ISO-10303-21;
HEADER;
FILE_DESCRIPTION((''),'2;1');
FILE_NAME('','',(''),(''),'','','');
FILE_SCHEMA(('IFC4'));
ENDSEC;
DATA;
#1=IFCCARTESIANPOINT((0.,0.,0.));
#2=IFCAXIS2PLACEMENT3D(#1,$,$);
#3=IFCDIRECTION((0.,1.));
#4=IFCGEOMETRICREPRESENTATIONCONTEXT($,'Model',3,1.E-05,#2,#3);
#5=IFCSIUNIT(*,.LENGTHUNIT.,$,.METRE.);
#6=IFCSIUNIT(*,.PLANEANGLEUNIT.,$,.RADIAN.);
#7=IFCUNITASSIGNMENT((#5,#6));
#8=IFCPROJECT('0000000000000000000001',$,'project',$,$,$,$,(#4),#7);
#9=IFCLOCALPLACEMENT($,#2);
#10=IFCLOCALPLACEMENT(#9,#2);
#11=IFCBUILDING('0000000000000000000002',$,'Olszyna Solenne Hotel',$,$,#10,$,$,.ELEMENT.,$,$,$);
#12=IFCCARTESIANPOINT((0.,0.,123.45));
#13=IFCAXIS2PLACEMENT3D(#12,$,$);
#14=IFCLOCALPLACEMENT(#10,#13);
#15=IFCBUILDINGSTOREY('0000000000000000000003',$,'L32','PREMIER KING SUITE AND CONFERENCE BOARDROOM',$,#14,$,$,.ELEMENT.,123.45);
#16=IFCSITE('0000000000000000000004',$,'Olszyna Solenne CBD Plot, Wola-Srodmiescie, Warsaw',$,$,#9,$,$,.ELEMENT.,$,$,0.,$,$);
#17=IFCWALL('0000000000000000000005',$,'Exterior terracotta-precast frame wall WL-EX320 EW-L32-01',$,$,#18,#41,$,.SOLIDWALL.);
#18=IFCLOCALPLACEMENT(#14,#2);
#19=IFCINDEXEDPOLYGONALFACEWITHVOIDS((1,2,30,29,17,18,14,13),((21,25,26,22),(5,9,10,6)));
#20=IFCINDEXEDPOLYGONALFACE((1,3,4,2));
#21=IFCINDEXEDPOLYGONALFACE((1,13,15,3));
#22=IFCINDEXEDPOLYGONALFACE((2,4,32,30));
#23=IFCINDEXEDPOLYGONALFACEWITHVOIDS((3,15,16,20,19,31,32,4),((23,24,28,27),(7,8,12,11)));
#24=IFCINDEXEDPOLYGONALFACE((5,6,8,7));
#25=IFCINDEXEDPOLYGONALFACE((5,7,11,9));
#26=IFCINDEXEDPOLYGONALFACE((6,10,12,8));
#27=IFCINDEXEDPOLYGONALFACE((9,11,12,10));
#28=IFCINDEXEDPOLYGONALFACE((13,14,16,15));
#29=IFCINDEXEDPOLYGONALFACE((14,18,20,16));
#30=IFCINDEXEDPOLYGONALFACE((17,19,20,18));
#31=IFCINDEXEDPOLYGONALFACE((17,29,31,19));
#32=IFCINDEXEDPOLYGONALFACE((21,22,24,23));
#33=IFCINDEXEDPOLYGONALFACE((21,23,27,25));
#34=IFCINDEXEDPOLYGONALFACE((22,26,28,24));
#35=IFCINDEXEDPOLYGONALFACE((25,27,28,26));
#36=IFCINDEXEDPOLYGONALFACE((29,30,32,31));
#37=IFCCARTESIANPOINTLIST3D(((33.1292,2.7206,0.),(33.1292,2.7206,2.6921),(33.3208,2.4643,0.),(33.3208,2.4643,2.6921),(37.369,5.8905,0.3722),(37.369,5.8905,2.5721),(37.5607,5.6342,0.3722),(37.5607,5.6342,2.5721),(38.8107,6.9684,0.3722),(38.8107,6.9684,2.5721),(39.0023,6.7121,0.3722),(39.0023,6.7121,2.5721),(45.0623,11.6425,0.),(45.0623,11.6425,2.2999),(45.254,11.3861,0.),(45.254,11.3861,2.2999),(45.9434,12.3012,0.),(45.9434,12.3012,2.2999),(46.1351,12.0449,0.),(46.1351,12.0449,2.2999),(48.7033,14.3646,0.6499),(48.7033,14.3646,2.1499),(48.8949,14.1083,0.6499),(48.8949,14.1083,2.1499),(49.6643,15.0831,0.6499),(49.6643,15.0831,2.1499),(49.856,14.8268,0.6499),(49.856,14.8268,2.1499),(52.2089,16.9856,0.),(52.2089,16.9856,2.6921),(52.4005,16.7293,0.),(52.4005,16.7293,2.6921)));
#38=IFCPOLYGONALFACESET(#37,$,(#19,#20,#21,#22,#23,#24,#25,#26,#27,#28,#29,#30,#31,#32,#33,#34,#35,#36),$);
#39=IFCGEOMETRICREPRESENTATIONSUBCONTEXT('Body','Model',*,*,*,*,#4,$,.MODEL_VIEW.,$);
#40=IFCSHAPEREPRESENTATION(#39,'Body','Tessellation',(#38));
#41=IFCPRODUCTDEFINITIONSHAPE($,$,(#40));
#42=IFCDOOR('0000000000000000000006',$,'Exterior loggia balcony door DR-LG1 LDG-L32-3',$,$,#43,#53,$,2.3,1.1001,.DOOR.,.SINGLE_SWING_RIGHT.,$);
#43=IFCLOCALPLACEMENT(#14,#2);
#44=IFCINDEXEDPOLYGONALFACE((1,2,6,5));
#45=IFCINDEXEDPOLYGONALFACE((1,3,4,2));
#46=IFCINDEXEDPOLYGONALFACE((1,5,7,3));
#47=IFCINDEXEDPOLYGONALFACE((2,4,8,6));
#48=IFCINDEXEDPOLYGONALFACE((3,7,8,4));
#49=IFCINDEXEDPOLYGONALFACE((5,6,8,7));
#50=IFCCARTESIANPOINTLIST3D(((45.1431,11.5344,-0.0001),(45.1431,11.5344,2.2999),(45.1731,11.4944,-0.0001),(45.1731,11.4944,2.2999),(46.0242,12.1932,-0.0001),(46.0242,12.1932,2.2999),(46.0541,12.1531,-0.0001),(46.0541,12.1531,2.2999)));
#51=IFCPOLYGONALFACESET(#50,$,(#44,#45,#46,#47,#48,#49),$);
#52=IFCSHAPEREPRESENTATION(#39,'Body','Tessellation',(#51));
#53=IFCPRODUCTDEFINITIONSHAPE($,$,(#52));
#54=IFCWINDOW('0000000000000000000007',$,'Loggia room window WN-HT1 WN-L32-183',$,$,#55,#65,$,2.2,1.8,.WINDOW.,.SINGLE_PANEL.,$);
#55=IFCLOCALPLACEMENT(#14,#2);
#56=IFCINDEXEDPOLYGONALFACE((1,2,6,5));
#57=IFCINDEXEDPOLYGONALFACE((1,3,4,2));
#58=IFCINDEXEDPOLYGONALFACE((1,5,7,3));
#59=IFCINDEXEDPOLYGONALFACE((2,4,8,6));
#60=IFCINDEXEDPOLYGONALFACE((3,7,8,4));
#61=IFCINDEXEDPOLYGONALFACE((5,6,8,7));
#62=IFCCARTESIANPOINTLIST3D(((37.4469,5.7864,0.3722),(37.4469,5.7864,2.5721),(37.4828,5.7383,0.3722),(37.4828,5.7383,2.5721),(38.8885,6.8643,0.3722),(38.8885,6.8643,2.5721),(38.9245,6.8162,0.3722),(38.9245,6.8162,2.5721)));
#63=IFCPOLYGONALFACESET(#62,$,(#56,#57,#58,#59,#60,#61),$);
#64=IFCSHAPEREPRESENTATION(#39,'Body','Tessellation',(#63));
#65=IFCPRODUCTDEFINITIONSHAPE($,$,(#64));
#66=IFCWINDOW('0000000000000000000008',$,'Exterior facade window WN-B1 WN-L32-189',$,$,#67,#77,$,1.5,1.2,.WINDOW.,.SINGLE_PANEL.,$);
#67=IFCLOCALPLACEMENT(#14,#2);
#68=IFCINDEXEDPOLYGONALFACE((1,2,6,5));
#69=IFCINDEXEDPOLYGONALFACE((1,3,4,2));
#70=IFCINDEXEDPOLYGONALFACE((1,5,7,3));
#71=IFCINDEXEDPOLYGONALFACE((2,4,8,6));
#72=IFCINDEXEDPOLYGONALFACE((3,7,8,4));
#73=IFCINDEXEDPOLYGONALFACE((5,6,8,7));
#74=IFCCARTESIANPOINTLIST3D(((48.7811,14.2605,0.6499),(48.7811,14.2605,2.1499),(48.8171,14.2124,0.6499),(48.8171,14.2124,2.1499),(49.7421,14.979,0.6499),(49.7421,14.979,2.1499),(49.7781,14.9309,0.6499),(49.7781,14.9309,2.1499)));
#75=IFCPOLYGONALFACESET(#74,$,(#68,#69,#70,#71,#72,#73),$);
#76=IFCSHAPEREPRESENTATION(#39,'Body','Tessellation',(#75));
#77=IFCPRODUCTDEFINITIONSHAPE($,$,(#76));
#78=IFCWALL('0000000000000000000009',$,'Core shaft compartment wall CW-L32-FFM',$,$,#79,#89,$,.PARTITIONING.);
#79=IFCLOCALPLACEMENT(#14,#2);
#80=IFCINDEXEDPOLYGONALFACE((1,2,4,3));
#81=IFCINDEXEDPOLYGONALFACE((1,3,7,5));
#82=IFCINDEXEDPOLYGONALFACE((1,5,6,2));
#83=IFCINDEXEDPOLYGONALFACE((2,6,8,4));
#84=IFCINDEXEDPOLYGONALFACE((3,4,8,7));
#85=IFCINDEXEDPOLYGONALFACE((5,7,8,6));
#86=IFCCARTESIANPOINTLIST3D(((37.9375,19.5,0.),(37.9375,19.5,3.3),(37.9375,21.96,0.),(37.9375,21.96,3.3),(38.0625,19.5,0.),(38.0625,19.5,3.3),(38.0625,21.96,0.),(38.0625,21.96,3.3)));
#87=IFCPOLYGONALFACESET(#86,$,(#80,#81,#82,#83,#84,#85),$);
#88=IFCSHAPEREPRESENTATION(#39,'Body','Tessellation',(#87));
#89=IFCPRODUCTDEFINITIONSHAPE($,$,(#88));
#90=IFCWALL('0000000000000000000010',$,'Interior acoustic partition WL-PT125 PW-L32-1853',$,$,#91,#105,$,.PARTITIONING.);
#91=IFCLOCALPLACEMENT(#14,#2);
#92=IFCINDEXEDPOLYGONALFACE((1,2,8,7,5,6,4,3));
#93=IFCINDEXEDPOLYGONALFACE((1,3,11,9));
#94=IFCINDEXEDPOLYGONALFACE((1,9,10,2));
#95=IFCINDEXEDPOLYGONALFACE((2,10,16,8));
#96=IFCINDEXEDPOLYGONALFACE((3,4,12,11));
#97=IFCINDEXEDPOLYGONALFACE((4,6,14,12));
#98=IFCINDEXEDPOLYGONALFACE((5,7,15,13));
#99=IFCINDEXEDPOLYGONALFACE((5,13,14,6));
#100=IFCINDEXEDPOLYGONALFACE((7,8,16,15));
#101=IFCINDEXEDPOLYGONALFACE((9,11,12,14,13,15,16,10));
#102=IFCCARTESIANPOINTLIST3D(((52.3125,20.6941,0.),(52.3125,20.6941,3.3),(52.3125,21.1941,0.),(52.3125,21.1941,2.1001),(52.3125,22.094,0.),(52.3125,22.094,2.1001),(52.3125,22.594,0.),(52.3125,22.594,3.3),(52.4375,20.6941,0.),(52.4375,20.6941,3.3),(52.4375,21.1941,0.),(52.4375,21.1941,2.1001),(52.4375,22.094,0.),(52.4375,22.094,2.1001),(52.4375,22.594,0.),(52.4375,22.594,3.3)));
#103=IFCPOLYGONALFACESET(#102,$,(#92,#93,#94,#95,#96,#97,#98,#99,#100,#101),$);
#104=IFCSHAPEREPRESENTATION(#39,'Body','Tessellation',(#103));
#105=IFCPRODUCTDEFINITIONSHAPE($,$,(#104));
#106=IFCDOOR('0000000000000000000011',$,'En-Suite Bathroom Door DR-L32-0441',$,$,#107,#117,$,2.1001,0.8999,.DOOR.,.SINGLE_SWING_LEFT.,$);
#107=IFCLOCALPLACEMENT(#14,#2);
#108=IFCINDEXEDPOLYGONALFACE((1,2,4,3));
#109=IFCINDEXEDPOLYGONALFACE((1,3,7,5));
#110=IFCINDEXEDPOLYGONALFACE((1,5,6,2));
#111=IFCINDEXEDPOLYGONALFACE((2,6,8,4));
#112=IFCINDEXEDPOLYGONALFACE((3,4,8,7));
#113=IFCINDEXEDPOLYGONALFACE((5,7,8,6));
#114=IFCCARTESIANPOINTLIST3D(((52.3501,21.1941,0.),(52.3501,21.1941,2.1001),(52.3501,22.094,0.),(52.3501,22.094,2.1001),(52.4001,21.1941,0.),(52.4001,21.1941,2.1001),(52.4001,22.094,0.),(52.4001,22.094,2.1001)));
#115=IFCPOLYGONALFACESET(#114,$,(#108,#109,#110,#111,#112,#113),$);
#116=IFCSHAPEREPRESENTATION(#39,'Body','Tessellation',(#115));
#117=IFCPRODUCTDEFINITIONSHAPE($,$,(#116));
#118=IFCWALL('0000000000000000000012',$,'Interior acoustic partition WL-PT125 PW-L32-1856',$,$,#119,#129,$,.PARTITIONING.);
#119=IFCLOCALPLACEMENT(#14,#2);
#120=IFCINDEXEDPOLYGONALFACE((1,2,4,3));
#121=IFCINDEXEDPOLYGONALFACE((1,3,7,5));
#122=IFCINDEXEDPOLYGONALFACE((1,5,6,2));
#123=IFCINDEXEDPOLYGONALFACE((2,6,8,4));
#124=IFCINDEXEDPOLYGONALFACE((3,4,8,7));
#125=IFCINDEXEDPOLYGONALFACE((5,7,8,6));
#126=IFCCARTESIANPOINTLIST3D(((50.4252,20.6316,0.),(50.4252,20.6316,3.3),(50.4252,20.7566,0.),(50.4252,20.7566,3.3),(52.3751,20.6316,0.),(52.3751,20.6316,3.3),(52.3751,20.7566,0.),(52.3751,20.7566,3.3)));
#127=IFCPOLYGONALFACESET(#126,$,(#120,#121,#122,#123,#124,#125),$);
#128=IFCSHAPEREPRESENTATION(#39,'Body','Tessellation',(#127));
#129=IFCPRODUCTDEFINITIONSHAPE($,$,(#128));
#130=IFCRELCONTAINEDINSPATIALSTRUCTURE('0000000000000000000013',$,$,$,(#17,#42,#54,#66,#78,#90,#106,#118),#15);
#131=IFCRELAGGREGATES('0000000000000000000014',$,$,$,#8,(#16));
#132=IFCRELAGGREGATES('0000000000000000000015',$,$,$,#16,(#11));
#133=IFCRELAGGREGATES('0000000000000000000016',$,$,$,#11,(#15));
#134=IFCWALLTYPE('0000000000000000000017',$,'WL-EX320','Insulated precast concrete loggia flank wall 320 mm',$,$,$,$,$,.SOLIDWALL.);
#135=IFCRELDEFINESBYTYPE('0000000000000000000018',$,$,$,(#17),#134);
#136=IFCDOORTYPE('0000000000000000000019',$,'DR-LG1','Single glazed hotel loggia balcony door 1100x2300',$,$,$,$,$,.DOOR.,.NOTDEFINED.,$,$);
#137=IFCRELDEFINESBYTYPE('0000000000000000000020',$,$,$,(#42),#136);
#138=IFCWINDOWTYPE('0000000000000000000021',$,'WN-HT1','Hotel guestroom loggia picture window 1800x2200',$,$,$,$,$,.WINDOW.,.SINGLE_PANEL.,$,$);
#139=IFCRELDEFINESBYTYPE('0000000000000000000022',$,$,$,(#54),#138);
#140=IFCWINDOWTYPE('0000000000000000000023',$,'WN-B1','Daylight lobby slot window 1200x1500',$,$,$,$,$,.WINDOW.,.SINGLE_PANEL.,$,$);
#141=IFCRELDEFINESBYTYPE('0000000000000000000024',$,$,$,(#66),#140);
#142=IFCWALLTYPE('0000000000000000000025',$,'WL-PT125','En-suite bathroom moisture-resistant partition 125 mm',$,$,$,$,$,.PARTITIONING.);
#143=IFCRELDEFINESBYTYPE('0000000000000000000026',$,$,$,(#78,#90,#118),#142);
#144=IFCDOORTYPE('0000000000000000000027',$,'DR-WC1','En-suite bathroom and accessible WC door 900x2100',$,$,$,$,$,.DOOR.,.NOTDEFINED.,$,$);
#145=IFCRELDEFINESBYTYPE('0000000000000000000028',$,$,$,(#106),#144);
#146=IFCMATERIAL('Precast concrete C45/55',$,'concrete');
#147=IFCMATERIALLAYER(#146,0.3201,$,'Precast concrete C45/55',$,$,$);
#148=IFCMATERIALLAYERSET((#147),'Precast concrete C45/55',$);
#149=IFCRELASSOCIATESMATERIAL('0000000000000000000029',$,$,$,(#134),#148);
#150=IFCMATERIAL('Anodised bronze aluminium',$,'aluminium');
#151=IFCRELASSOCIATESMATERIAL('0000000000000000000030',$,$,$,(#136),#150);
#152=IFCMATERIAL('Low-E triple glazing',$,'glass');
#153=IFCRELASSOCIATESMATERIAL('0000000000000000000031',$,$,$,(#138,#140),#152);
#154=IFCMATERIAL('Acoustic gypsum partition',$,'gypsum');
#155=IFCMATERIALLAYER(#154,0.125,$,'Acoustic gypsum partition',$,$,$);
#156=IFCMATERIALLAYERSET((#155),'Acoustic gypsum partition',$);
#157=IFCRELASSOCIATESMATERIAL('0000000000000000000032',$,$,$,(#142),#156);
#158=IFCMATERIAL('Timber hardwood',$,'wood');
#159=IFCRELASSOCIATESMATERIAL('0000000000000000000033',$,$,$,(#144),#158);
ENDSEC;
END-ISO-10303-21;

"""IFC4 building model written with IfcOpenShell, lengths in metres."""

from ifc_helpers import new_model, si_unit, direction, frame, frame_2d, origin, place, context, subcontext, project, spatial, rectangle, extrude, source, transform, mapped, material, layer, layer_set, type_object, type_shapes, element, fill, save


model = new_model("IFC4")

# Units and contexts
model_context = context("Model", 3, precision=1e-05, world=origin(), true_north=direction((0.0, 1.0)))
body_context = subcontext(model_context, "Body", "Model", "MODEL_VIEW")
ifc_project = project(units=[si_unit("LENGTHUNIT", "METRE"), si_unit("PLANEANGLEUNIT", "RADIAN")], contexts=[model_context])

# Site, building, storey
site_placement = place(None, origin())
site = spatial("IfcSite", under=ifc_project, at=site_placement, Name="Olszyna Solenne CBD Plot, Wola-Srodmiescie, Warsaw", CompositionType="ELEMENT", RefElevation=0.0)
building_placement = place(site_placement, origin())
building = spatial("IfcBuilding", under=site, at=building_placement, Name="Olszyna Solenne Hotel", CompositionType="ELEMENT")
storey_placement = place(building_placement, frame((0.0, 0.0, 123.45)))
storey = spatial("IfcBuildingStorey", under=building, at=storey_placement, Name="L32", Description="PREMIER KING SUITE AND CONFERENCE BOARDROOM", CompositionType="ELEMENT", Elevation=123.45)

# Wall, openings, door, windows
ifc_material_1 = material(Name="Precast concrete C45/55", Category="concrete")
ifc_layer_1 = layer(ifc_material_1, 0.3201, Name="Precast concrete C45/55")
ifc_layer_set_1 = layer_set([ifc_layer_1], Name="Precast concrete C45/55")
wall_type_1 = type_object("IfcWallType", Name="WL-EX320", Description="Insulated precast concrete loggia flank wall 320 mm", PredefinedType="SOLIDWALL", material=ifc_layer_set_1)
wall_1_placement = place(storey_placement, frame((52.3047, 16.8574, 0.0), z_axis=(0.0, 0.0, 1.0), x_axis=(-0.800902, -0.598796, 0.0)))
wall_1 = element("IfcWall", 1, at=wall_1_placement, inside=storey, type_object=wall_type_1, Name="Exterior terracotta-precast frame wall WL-EX320 EW-L32-01", PredefinedType="SOLIDWALL", context=body_context, shape_type="SweptSolid", body=[
    extrude(rectangle(XDim=23.8228, YDim=0.3201, at=frame_2d((11.9114, 0.0))), origin(), (0.0, 0.0, 1.0), 2.6921),
])
opening_1_placement = place(wall_1_placement, frame((7.823, 0.0, 0.0)))
opening_1 = element("IfcOpeningElement", 2, at=opening_1_placement, cuts=wall_1, PredefinedType="OPENING", context=body_context, shape_type="SweptSolid", body=[
    extrude(rectangle(XDim=1.1001, YDim=2.3, at=frame_2d((0.55, 1.1499))), frame((0.0, 0.1699, 0.0), z_axis=(0.0, -1.0, 0.0), x_axis=(1.0, 0.0, 0.0)), (0.0, 0.0, 1.0), 0.3401),
])
opening_2_placement = place(wall_1_placement, frame((16.729, 0.0, 0.3721)))
opening_2 = element("IfcOpeningElement", 3, at=opening_2_placement, cuts=wall_1, PredefinedType="OPENING", context=body_context, shape_type="SweptSolid", body=[
    extrude(rectangle(XDim=1.8, YDim=2.2, at=frame_2d((0.8999, 1.1001))), frame((0.0, 0.1699, 0.0), z_axis=(0.0, -1.0, 0.0), x_axis=(1.0, 0.0, 0.0)), (0.0, 0.0, 1.0), 0.3401),
])
opening_3_placement = place(wall_1_placement, frame((3.177, 0.0, 0.6499)))
opening_3 = element("IfcOpeningElement", 4, at=opening_3_placement, cuts=wall_1, PredefinedType="OPENING", context=body_context, shape_type="SweptSolid", body=[
    extrude(rectangle(XDim=1.2, YDim=1.5, at=frame_2d((0.6001, 0.75))), frame((0.0, 0.1699, 0.0), z_axis=(0.0, -1.0, 0.0), x_axis=(1.0, 0.0, 0.0)), (0.0, 0.0, 1.0), 0.3401),
])
ifc_material_2 = material(Name="Anodised bronze aluminium", Category="aluminium")
door_type_1 = type_object("IfcDoorType", Name="DR-LG1", Description="Single glazed hotel loggia balcony door 1100x2300", OperationType="NOTDEFINED", PredefinedType="DOOR", material=ifc_material_2)
shared_shape_1 = source(origin(), body_context, "Body", "SweptSolid", [
    extrude(rectangle(XDim=1.1001, YDim=2.3, at=frame_2d((0.55, 1.1499))), frame((0.0, 0.0249, 0.0), z_axis=(0.0, -1.0, 0.0), x_axis=(1.0, 0.0, 0.0)), (0.0, 0.0, 1.0), 0.05),
])
type_shapes(door_type_1, [shared_shape_1])
door_1_placement = place(opening_1_placement, origin())
door_1 = element("IfcDoor", 5, at=door_1_placement, inside=storey, type_object=door_type_1, Name="Exterior loggia balcony door DR-LG1 LDG-L32-3", OperationType="SINGLE_SWING_RIGHT", OverallHeight=2.3, OverallWidth=1.1001, PredefinedType="DOOR", context=body_context, shape_type="MappedRepresentation", body=[
    mapped(shared_shape_1, transform((0.0, 0.0, 0.0), x_axis=(1.0, 0.0, 0.0), y_axis=(0.0, 1.0, 0.0), z_axis=(0.0, 0.0, 1.0), scale=1.0)),
])
fill(opening_1, door_1)
ifc_material_3 = material(Name="Low-E triple glazing", Category="glass")
window_type_1 = type_object("IfcWindowType", Name="WN-HT1", Description="Hotel guestroom loggia picture window 1800x2200", PartitioningType="SINGLE_PANEL", PredefinedType="WINDOW", material=ifc_material_3)
shared_shape_2 = source(origin(), body_context, "Body", "SweptSolid", [
    extrude(rectangle(XDim=1.8, YDim=2.2, at=frame_2d((0.8999, 1.1001))), frame((0.0, 0.03, 0.0), z_axis=(0.0, -1.0, 0.0), x_axis=(1.0, 0.0, 0.0)), (0.0, 0.0, 1.0), 0.0601),
])
type_shapes(window_type_1, [shared_shape_2])
window_1_placement = place(opening_2_placement, origin())
window_1 = element("IfcWindow", 6, at=window_1_placement, inside=storey, type_object=window_type_1, Name="Loggia room window WN-HT1 WN-L32-183", OverallHeight=2.2, OverallWidth=1.8, PartitioningType="SINGLE_PANEL", PredefinedType="WINDOW", context=body_context, shape_type="MappedRepresentation", body=[
    mapped(shared_shape_2, transform((0.0, 0.0, 0.0), x_axis=(1.0, 0.0, 0.0), y_axis=(0.0, 1.0, 0.0), z_axis=(0.0, 0.0, 1.0), scale=1.0)),
])
fill(opening_2, window_1)
window_type_2 = type_object("IfcWindowType", Name="WN-B1", Description="Daylight lobby slot window 1200x1500", PartitioningType="SINGLE_PANEL", PredefinedType="WINDOW", material=ifc_material_3)
shared_shape_3 = source(origin(), body_context, "Body", "SweptSolid", [
    extrude(rectangle(XDim=1.2, YDim=1.5, at=frame_2d((0.6001, 0.75))), frame((0.0, 0.03, 0.0), z_axis=(0.0, -1.0, 0.0), x_axis=(1.0, 0.0, 0.0)), (0.0, 0.0, 1.0), 0.0601),
])
type_shapes(window_type_2, [shared_shape_3])
window_2_placement = place(opening_3_placement, origin())
window_2 = element("IfcWindow", 7, at=window_2_placement, inside=storey, type_object=window_type_2, Name="Exterior facade window WN-B1 WN-L32-189", OverallHeight=1.5, OverallWidth=1.2, PartitioningType="SINGLE_PANEL", PredefinedType="WINDOW", context=body_context, shape_type="MappedRepresentation", body=[
    mapped(shared_shape_3, transform((0.0, 0.0, 0.0), x_axis=(1.0, 0.0, 0.0), y_axis=(0.0, 1.0, 0.0), z_axis=(0.0, 0.0, 1.0), scale=1.0)),
])
fill(opening_3, window_2)

# Wall
ifc_material_4 = material(Name="Acoustic gypsum partition", Category="gypsum")
ifc_layer_2 = layer(ifc_material_4, 0.125, Name="Acoustic gypsum partition")
ifc_layer_set_2 = layer_set([ifc_layer_2], Name="Acoustic gypsum partition")
wall_type_2 = type_object("IfcWallType", Name="WL-PT125", Description="En-suite bathroom moisture-resistant partition 125 mm", PredefinedType="PARTITIONING", material=ifc_layer_set_2)
wall_2_placement = place(storey_placement, frame((38.0, 19.5, 0.0), z_axis=(0.0, 0.0, 1.0), x_axis=(0.0, 1.0, 0.0)))
element("IfcWall", 8, at=wall_2_placement, inside=storey, type_object=wall_type_2, Name="Core shaft compartment wall CW-L32-FFM", PredefinedType="PARTITIONING", context=body_context, shape_type="SweptSolid", body=[
    extrude(rectangle(XDim=2.46, YDim=0.125, at=frame_2d((1.23, 0.0))), origin(), (0.0, 0.0, 1.0), 3.3),
])

# Wall, opening, door
wall_3_placement = place(storey_placement, frame((52.375, 20.6941, 0.0), z_axis=(0.0, 0.0, 1.0), x_axis=(0.0, 1.0, 0.0)))
wall_3 = element("IfcWall", 9, at=wall_3_placement, inside=storey, type_object=wall_type_2, Name="Interior acoustic partition WL-PT125 PW-L32-1853", PredefinedType="PARTITIONING", context=body_context, shape_type="SweptSolid", body=[
    extrude(rectangle(XDim=1.8999, YDim=0.125, at=frame_2d((0.95, 0.0))), origin(), (0.0, 0.0, 1.0), 3.3),
])
opening_4_placement = place(wall_3_placement, frame((0.5, 0.0, 0.0)))
opening_4 = element("IfcOpeningElement", 10, at=opening_4_placement, cuts=wall_3, PredefinedType="OPENING", context=body_context, shape_type="SweptSolid", body=[
    extrude(rectangle(XDim=0.8999, YDim=2.1001, at=frame_2d((0.45, 1.05))), frame((0.0, 0.0725, 0.0), z_axis=(0.0, -1.0, 0.0), x_axis=(1.0, 0.0, 0.0)), (0.0, 0.0, 1.0), 0.145),
])
ifc_material_5 = material(Name="Timber hardwood", Category="wood")
door_type_2 = type_object("IfcDoorType", Name="DR-WC1", Description="En-suite bathroom and accessible WC door 900x2100", OperationType="NOTDEFINED", PredefinedType="DOOR", material=ifc_material_5)
shared_shape_4 = source(origin(), body_context, "Body", "SweptSolid", [
    extrude(rectangle(XDim=0.8999, YDim=2.1001, at=frame_2d((0.45, 1.05))), frame((0.0, 0.0249, 0.0), z_axis=(0.0, -1.0, 0.0), x_axis=(1.0, 0.0, 0.0)), (0.0, 0.0, 1.0), 0.05),
])
type_shapes(door_type_2, [shared_shape_4])
door_2_placement = place(opening_4_placement, origin())
door_2 = element("IfcDoor", 11, at=door_2_placement, inside=storey, type_object=door_type_2, Name="En-Suite Bathroom Door DR-L32-0441", OperationType="SINGLE_SWING_LEFT", OverallHeight=2.1001, OverallWidth=0.8999, PredefinedType="DOOR", context=body_context, shape_type="MappedRepresentation", body=[
    mapped(shared_shape_4, transform((0.0, 0.0, 0.0), x_axis=(1.0, 0.0, 0.0), y_axis=(0.0, 1.0, 0.0), z_axis=(0.0, 0.0, 1.0), scale=1.0)),
])
fill(opening_4, door_2)

# Wall
wall_4_placement = place(storey_placement, frame((50.425, 20.6941, 0.0), z_axis=(0.0, 0.0, 1.0), x_axis=(1.0, 0.0, 0.0)))
element("IfcWall", 12, at=wall_4_placement, inside=storey, type_object=wall_type_2, Name="Interior acoustic partition WL-PT125 PW-L32-1856", PredefinedType="PARTITIONING", context=body_context, shape_type="SweptSolid", body=[
    extrude(rectangle(XDim=1.95, YDim=0.125, at=frame_2d((0.9751, 0.0))), origin(), (0.0, 0.0, 1.0), 3.3),
])

save(model, "model.ifc")
